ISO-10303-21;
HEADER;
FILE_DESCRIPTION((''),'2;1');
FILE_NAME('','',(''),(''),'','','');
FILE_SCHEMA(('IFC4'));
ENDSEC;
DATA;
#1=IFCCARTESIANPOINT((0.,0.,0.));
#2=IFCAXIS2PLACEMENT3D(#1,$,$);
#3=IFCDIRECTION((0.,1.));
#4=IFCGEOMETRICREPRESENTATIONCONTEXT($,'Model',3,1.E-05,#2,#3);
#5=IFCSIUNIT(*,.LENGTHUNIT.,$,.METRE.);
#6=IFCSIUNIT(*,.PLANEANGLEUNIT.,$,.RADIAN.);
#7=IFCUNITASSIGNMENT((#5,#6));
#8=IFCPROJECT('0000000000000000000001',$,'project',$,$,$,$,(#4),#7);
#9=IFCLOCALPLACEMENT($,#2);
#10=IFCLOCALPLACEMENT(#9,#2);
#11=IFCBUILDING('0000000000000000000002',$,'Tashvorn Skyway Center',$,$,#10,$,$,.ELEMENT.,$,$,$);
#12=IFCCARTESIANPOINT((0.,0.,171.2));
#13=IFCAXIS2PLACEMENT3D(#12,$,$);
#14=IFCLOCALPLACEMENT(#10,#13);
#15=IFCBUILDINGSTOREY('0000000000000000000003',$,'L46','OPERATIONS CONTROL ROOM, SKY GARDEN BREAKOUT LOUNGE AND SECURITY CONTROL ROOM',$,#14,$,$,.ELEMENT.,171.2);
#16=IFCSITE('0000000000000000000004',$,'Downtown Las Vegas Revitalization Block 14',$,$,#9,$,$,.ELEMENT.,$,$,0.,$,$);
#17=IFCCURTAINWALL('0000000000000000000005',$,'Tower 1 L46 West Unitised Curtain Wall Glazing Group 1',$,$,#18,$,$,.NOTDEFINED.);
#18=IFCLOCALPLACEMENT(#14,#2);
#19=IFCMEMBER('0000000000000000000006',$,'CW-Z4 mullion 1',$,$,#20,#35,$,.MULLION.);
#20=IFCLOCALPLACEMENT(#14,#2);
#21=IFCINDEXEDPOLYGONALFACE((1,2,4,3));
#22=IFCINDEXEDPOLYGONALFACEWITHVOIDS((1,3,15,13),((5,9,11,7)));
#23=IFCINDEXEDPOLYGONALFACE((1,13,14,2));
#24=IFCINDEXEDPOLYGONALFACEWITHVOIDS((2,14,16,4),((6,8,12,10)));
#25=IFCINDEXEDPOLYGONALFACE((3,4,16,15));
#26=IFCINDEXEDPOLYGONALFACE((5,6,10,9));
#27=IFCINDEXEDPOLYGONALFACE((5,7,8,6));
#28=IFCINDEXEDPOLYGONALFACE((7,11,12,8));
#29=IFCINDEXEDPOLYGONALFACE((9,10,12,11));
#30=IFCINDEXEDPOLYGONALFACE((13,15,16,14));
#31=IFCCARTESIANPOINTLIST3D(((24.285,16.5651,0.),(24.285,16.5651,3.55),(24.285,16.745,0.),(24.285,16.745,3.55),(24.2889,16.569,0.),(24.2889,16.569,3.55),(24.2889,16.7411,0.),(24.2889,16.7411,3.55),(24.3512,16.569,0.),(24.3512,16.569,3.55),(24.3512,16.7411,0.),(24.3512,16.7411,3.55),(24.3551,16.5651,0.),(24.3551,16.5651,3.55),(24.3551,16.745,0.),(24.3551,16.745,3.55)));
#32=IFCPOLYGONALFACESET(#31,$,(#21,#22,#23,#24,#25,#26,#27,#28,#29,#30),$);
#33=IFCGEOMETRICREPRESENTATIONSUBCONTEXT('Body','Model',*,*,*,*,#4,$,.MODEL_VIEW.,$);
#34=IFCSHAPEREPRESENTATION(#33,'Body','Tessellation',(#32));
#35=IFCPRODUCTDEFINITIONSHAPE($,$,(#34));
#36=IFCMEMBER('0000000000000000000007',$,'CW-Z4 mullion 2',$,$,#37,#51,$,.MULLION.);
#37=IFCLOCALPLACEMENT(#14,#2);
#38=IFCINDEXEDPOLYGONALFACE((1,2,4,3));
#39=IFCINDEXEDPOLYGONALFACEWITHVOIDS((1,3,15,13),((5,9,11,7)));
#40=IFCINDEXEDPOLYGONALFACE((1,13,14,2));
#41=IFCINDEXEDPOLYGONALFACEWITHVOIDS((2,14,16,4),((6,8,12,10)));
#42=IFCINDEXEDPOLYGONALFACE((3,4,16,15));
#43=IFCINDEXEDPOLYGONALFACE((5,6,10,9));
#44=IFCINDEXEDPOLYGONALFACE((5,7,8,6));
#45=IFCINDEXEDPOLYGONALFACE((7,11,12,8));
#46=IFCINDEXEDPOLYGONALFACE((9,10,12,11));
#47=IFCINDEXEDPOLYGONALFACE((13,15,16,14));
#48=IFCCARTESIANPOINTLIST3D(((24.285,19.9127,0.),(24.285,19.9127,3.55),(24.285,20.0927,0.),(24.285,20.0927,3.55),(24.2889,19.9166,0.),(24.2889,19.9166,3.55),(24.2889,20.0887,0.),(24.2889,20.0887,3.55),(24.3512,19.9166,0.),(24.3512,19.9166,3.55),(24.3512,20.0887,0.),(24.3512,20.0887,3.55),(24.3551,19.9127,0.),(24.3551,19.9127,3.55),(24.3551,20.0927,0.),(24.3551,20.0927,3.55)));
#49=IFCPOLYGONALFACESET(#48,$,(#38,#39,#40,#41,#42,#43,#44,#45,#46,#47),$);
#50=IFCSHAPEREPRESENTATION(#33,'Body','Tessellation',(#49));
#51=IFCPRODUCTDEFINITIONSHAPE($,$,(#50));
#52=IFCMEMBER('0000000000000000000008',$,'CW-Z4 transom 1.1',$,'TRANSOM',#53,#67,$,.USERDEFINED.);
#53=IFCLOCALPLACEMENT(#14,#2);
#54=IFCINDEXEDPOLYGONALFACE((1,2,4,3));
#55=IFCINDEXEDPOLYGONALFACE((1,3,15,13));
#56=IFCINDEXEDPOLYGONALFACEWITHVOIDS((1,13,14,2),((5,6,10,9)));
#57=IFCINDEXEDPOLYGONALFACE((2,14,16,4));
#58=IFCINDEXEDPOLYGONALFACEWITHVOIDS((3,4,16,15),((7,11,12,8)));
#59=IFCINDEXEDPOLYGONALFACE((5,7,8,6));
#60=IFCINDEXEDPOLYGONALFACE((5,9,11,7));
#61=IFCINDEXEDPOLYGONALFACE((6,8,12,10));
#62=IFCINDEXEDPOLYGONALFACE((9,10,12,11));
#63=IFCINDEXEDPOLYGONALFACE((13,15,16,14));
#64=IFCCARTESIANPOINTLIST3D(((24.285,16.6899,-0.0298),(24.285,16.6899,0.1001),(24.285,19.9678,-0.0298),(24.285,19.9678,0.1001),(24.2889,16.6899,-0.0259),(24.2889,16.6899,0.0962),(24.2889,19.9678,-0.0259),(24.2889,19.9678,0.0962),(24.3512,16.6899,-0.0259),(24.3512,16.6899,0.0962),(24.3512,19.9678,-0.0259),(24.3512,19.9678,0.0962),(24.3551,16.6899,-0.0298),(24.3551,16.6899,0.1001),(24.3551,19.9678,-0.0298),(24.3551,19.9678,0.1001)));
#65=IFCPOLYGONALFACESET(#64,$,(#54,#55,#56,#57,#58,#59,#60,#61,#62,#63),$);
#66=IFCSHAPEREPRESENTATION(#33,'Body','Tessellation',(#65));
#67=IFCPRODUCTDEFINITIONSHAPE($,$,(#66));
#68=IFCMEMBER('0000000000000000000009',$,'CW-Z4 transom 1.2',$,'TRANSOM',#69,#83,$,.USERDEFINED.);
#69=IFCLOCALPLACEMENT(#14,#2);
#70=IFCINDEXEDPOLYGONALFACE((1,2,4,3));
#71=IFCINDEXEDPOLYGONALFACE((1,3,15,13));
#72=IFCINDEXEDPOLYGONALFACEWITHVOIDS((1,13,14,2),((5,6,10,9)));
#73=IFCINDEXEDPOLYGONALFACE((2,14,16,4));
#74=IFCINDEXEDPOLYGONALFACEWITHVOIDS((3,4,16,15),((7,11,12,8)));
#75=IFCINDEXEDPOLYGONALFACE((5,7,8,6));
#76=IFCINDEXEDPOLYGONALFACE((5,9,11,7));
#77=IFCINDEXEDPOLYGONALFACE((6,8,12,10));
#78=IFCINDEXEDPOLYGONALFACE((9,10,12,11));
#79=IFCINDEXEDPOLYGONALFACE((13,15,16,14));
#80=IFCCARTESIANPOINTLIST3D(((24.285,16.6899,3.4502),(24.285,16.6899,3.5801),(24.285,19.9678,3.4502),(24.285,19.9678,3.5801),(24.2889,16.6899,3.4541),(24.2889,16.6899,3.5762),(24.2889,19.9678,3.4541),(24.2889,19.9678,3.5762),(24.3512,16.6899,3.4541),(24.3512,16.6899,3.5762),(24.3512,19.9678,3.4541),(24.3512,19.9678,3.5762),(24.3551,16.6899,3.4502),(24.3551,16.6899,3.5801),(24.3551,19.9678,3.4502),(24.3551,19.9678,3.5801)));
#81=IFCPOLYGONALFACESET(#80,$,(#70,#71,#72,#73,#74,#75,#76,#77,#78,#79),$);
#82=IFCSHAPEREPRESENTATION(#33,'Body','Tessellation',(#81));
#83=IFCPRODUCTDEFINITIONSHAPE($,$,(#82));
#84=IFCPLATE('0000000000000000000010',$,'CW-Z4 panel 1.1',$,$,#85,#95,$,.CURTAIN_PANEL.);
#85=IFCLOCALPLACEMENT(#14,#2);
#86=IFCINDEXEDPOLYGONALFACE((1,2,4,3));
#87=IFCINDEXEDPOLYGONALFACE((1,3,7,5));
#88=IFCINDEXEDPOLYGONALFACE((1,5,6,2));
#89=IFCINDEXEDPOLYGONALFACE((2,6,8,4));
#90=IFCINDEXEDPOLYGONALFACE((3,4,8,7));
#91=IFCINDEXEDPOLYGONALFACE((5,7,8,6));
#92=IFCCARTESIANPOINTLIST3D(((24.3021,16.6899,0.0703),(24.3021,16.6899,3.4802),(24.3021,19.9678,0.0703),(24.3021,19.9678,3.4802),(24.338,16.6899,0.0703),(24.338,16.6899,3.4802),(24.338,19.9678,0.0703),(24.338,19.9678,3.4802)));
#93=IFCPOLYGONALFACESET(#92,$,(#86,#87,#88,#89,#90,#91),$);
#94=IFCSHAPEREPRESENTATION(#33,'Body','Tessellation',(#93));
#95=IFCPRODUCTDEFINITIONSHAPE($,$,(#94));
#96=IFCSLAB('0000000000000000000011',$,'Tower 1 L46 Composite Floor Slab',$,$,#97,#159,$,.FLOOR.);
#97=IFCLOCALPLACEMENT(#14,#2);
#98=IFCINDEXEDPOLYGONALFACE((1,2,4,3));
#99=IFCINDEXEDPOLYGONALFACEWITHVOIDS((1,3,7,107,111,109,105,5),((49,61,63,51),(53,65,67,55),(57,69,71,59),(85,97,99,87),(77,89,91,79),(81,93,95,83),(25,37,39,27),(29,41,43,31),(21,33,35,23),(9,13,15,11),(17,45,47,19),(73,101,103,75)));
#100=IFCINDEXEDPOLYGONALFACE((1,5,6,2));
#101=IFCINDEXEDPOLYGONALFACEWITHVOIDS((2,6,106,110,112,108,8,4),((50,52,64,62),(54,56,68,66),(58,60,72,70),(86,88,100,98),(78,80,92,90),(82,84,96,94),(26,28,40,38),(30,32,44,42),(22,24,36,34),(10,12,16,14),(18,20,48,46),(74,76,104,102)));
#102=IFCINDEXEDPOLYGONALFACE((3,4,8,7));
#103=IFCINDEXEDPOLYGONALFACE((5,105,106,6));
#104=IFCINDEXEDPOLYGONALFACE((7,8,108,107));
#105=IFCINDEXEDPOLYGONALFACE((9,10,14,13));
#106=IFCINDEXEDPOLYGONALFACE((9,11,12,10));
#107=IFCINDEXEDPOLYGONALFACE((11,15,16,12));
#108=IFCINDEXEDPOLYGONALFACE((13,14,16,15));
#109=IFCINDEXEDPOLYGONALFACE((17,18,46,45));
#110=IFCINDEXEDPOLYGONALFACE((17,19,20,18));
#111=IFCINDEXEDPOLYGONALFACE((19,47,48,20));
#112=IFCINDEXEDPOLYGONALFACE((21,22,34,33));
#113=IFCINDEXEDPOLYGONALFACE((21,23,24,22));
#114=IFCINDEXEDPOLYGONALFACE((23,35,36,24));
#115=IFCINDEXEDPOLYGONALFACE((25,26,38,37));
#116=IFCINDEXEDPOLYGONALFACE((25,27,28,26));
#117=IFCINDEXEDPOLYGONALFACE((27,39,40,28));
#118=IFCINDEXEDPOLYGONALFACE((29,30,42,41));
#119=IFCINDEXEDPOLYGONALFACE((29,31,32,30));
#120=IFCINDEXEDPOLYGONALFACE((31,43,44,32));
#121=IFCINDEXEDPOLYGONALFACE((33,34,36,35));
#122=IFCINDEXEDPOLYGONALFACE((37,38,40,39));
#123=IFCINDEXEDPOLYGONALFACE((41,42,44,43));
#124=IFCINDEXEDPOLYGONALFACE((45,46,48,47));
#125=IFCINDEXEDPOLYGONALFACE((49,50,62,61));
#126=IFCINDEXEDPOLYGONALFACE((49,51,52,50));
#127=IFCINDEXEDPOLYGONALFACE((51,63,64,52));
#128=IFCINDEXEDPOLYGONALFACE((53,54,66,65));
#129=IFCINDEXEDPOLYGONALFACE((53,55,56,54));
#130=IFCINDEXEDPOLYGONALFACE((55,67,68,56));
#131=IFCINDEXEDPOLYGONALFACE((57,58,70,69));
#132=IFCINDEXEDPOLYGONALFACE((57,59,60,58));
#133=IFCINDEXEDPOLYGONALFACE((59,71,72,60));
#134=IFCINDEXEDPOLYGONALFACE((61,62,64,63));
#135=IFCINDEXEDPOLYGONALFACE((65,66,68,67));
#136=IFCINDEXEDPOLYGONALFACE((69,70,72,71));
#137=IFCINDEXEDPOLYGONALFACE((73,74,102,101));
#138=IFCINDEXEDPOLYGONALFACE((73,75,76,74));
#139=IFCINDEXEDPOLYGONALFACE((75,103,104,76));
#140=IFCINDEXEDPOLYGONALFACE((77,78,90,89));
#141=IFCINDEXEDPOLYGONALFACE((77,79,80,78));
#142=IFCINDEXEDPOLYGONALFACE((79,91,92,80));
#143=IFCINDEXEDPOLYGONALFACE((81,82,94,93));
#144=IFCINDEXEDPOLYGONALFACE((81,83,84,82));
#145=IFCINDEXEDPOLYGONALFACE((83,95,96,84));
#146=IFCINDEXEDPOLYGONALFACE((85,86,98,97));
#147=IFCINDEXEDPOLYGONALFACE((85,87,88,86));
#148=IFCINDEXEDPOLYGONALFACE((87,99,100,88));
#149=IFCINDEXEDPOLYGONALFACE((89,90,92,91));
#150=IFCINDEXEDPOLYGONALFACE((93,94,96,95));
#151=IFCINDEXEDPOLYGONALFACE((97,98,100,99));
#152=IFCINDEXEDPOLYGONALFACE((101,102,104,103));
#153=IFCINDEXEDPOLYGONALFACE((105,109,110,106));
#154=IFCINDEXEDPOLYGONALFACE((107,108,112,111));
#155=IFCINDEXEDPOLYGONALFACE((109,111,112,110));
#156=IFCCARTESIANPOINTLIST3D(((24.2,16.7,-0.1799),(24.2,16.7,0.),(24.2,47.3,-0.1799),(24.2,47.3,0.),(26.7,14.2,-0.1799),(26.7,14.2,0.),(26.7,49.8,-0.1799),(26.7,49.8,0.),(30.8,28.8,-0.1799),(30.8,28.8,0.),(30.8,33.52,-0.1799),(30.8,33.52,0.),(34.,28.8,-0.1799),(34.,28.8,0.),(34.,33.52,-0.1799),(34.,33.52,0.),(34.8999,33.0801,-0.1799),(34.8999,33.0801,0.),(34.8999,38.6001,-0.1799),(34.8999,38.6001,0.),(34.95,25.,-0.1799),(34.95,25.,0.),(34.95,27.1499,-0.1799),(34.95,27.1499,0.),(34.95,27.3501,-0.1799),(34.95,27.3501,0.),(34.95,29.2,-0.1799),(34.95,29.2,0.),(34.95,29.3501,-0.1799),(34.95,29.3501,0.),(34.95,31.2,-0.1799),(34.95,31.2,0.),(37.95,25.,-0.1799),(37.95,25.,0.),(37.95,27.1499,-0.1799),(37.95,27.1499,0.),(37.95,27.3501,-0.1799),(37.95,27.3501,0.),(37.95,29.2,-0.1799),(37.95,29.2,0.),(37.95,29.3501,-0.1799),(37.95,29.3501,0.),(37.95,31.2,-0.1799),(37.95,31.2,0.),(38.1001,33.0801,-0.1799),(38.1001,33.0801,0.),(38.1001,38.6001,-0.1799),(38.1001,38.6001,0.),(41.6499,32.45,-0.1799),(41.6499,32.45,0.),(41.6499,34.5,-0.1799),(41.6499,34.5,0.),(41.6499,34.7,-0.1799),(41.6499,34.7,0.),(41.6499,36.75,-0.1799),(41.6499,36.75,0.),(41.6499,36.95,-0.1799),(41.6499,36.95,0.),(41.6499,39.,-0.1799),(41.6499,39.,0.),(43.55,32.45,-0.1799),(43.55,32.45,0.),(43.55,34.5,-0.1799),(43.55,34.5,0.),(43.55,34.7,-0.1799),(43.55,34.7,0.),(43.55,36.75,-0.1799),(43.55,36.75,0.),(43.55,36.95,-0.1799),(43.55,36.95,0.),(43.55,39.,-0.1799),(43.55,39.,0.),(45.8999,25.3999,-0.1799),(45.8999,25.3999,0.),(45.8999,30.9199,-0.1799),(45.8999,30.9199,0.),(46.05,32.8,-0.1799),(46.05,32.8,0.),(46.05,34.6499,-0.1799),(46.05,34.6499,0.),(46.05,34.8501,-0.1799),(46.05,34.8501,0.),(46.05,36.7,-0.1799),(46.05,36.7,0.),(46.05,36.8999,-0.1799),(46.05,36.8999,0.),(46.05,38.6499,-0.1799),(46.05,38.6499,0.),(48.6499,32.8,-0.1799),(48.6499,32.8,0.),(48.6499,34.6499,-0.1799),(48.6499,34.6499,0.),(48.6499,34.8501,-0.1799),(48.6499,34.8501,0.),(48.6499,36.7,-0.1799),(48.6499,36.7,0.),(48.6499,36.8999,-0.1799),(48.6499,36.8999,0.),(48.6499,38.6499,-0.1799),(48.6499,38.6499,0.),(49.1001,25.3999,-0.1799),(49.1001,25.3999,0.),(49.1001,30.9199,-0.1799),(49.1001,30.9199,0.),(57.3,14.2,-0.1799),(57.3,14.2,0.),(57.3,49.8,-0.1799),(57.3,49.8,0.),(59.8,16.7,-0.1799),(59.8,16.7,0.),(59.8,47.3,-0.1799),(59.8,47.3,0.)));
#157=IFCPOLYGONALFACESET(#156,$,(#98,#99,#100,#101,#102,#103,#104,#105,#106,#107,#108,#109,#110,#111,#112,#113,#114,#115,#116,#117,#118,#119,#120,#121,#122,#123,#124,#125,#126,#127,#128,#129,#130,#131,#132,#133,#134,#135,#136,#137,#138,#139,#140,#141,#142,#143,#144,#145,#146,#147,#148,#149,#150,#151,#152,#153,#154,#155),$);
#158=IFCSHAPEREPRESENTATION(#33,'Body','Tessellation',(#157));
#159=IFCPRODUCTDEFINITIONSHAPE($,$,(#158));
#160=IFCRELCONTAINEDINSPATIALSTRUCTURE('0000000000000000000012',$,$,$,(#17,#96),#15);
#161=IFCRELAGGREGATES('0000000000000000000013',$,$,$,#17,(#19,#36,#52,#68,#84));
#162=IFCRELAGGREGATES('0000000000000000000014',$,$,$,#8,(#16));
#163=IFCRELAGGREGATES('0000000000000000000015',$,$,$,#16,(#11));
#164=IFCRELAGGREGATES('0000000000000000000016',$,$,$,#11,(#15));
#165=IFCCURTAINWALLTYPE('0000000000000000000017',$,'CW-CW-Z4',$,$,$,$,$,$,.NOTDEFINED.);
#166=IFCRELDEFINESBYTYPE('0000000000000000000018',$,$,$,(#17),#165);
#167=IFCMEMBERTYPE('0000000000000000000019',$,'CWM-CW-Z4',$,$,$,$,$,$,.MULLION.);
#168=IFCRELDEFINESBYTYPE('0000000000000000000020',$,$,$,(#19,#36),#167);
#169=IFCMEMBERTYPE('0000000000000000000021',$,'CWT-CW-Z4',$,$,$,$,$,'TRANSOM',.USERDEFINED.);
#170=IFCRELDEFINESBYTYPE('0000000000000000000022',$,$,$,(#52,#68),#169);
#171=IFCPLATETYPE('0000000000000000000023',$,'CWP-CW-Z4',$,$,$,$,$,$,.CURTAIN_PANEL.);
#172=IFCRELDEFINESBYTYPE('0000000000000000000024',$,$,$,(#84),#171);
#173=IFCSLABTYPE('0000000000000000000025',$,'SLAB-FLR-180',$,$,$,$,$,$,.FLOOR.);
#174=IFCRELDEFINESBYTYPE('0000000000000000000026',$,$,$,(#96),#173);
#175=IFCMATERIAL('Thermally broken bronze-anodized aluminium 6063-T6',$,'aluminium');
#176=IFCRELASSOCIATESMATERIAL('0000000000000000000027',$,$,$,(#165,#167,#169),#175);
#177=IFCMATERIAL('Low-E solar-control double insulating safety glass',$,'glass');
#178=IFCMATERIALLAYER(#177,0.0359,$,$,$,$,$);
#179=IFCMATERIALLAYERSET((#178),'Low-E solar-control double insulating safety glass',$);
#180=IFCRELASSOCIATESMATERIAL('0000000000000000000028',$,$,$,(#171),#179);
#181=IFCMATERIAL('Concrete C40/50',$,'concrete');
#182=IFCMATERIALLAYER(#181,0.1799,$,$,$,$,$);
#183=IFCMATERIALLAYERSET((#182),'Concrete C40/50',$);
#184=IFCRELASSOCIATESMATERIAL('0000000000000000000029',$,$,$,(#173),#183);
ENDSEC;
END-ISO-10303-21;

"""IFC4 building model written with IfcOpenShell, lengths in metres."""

from ifc_helpers import new_model, si_unit, direction, frame, origin, origin_2d, place, context, subcontext, project, spatial, polyline, rectangle, hollow_rectangle, outline, extrude, material, layer, layer_set, material_profile, profile_set, type_object, element, aggregate, save


model = new_model("IFC4")

# Units and contexts
model_context = context("Model", 3, precision=1e-05, world=origin(), true_north=direction((0.0, 1.0)))
body_context = subcontext(model_context, "Body", "Model", "MODEL_VIEW")
ifc_project = project(units=[si_unit("LENGTHUNIT", "METRE"), si_unit("PLANEANGLEUNIT", "RADIAN")], contexts=[model_context])

# Site, building, storey
site_placement = place(None, origin())
site = spatial("IfcSite", under=ifc_project, at=site_placement, Name="Downtown Las Vegas Revitalization Block 14", CompositionType="ELEMENT", RefElevation=0.0)
building_placement = place(site_placement, origin())
building = spatial("IfcBuilding", under=site, at=building_placement, Name="Tashvorn Skyway Center", CompositionType="ELEMENT")
storey_placement = place(building_placement, frame((0.0, 0.0, 171.2)))
storey = spatial("IfcBuildingStorey", under=building, at=storey_placement, Name="L46", Description="OPERATIONS CONTROL ROOM, SKY GARDEN BREAKOUT LOUNGE AND SECURITY CONTROL ROOM", CompositionType="ELEMENT", Elevation=171.2)

# Curtain wall, members, plate
ifc_material_1 = material(Name="Thermally broken bronze-anodized aluminium 6063-T6", Category="aluminium")
curtain_wall_type = type_object("IfcCurtainWallType", Name="CW-CW-Z4", PredefinedType="NOTDEFINED", material=ifc_material_1)
curtain_wall_placement = place(storey_placement, origin())
curtain_wall = element("IfcCurtainWall", 1, at=curtain_wall_placement, inside=storey, type_object=curtain_wall_type, Name="Tower 1 L46 West Unitised Curtain Wall Glazing Group 1", PredefinedType="NOTDEFINED")
ifc_material_profile_1 = material_profile(ifc_material_1, hollow_rectangle(XDim=0.0701, YDim=0.1799, WallThickness=0.0039, at=origin_2d()), Name="ALU-MULL-70x180")
ifc_profile_set_1 = profile_set([ifc_material_profile_1], Name="Thermally broken bronze-anodized aluminium 6063-T6")
member_type_1 = type_object("IfcMemberType", Name="CWM-CW-Z4", PredefinedType="MULLION", material=ifc_profile_set_1)
member_1_placement = place(storey_placement, frame((24.3201, 16.655, 0.0), z_axis=(0.0, 0.0, 1.0), x_axis=(-1.0, 0.0, 0.0)))
member_1 = element("IfcMember", 2, at=member_1_placement, type_object=member_type_1, Name="CW-Z4 mullion 1", PredefinedType="MULLION", context=body_context, shape_type="SweptSolid", body=[
    extrude(hollow_rectangle(XDim=0.0701, YDim=0.1799, WallThickness=0.0039, at=origin_2d()), origin(), (0.0, 0.0, 1.0), 3.55),
])
member_2_placement = place(storey_placement, frame((24.3201, 20.0027, 0.0), z_axis=(0.0, 0.0, 1.0), x_axis=(-1.0, 0.0, 0.0)))
member_2 = element("IfcMember", 3, at=member_2_placement, type_object=member_type_1, Name="CW-Z4 mullion 2", PredefinedType="MULLION", context=body_context, shape_type="SweptSolid", body=[
    extrude(hollow_rectangle(XDim=0.0701, YDim=0.1799, WallThickness=0.0039, at=origin_2d()), origin(), (0.0, 0.0, 1.0), 3.55),
])
ifc_material_profile_2 = material_profile(ifc_material_1, hollow_rectangle(XDim=0.0701, YDim=0.1299, WallThickness=0.0039, at=origin_2d()), Name="ALU-TRAN-70x130")
ifc_profile_set_2 = profile_set([ifc_material_profile_2], Name="Thermally broken bronze-anodized aluminium 6063-T6")
member_type_2 = type_object("IfcMemberType", Name="CWT-CW-Z4", ElementType="TRANSOM", PredefinedType="USERDEFINED", material=ifc_profile_set_2)
member_3_placement = place(storey_placement, frame((24.3201, 16.6899, 0.0352), z_axis=(0.0, 1.0, 0.0), x_axis=(-1.0, 0.0, 0.0)))
member_3 = element("IfcMember", 4, at=member_3_placement, type_object=member_type_2, Name="CW-Z4 transom 1.1", ObjectType="TRANSOM", PredefinedType="USERDEFINED", context=body_context, shape_type="SweptSolid", body=[
    extrude(hollow_rectangle(XDim=0.0701, YDim=0.1299, WallThickness=0.0039, at=origin_2d()), origin(), (0.0, 0.0, 1.0), 3.2778),
])
member_4_placement = place(storey_placement, frame((24.3201, 16.6899, 3.5151), z_axis=(0.0, 1.0, 0.0), x_axis=(-1.0, 0.0, 0.0)))
member_4 = element("IfcMember", 5, at=member_4_placement, type_object=member_type_2, Name="CW-Z4 transom 1.2", ObjectType="TRANSOM", PredefinedType="USERDEFINED", context=body_context, shape_type="SweptSolid", body=[
    extrude(hollow_rectangle(XDim=0.0701, YDim=0.1299, WallThickness=0.0039, at=origin_2d()), origin(), (0.0, 0.0, 1.0), 3.2778),
])
ifc_material_2 = material(Name="Low-E solar-control double insulating safety glass", Category="glass")
ifc_layer_1 = layer(ifc_material_2, 0.0359)
ifc_layer_set_1 = layer_set([ifc_layer_1], Name="Low-E solar-control double insulating safety glass")
plate_type = type_object("IfcPlateType", Name="CWP-CW-Z4", PredefinedType="CURTAIN_PANEL", material=ifc_layer_set_1)
plate_placement = place(storey_placement, frame((24.3201, 18.3289, 0.0703), z_axis=(0.0, 0.0, 1.0), x_axis=(0.0, 1.0, 0.0)))
plate = element("IfcPlate", 6, at=plate_placement, type_object=plate_type, Name="CW-Z4 panel 1.1", PredefinedType="CURTAIN_PANEL", context=body_context, shape_type="SweptSolid", body=[
    extrude(rectangle(XDim=3.2778, YDim=0.0359, at=origin_2d()), origin(), (0.0, 0.0, 1.0), 3.4099),
])
aggregate(curtain_wall, [member_1, member_2, member_3, member_4, plate])

# Slab
ifc_material_3 = material(Name="Concrete C40/50", Category="concrete")
ifc_layer_2 = layer(ifc_material_3, 0.1799)
ifc_layer_set_2 = layer_set([ifc_layer_2], Name="Concrete C40/50")
slab_type_1 = type_object("IfcSlabType", Name="SLAB-FLR-180", PredefinedType="FLOOR", material=ifc_layer_set_2)
slab_1_placement = place(storey_placement, frame((0.0, 0.0, -0.1799)))
element("IfcSlab", 7, at=slab_1_placement, inside=storey, type_object=slab_type_1, Name="Tower 1 L46 Composite Floor Slab", PredefinedType="FLOOR", context=body_context, shape_type="SweptSolid", body=[
    extrude(outline(polyline([(26.7, 14.2), (57.3, 14.2), (59.8, 16.7), (59.8, 47.3), (57.3, 49.8), (26.7, 49.8), (24.2, 47.3), (24.2, 16.7), (26.7, 14.2)]), holes=[polyline([(38.1001, 33.0801), (38.1001, 38.6001), (34.8999, 38.6001), (34.8999, 33.0801), (38.1001, 33.0801)]), polyline([(45.8999, 30.9199), (45.8999, 25.3999), (49.1001, 25.3999), (49.1001, 30.9199), (45.8999, 30.9199)]), polyline([(30.8, 33.52), (30.8, 28.8), (34.0, 28.8), (34.0, 33.52), (30.8, 33.52)]), polyline([(34.95, 29.3501), (37.95, 29.3501), (37.95, 31.2), (34.95, 31.2), (34.95, 29.3501)]), polyline([(34.95, 27.3501), (37.95, 27.3501), (37.95, 29.2), (34.95, 29.2), (34.95, 27.3501)]), polyline([(34.95, 25.0), (37.95, 25.0), (37.95, 27.1499), (34.95, 27.1499), (34.95, 25.0)]), polyline([(41.6499, 32.45), (43.55, 32.45), (43.55, 34.5), (41.6499, 34.5), (41.6499, 32.45)]), polyline([(41.6499, 34.7), (43.55, 34.7), (43.55, 36.75), (41.6499, 36.75), (41.6499, 34.7)]), polyline([(41.6499, 36.95), (43.55, 36.95), (43.55, 39.0), (41.6499, 39.0), (41.6499, 36.95)]), polyline([(46.05, 32.8), (48.6499, 32.8), (48.6499, 34.6499), (46.05, 34.6499), (46.05, 32.8)]), polyline([(46.05, 34.8501), (48.6499, 34.8501), (48.6499, 36.7), (46.05, 36.7), (46.05, 34.8501)]), polyline([(46.05, 36.8999), (48.6499, 36.8999), (48.6499, 38.6499), (46.05, 38.6499), (46.05, 36.8999)])]), origin(), (0.0, 0.0, 1.0), 0.1799),
])

save(model, "model.ifc")
